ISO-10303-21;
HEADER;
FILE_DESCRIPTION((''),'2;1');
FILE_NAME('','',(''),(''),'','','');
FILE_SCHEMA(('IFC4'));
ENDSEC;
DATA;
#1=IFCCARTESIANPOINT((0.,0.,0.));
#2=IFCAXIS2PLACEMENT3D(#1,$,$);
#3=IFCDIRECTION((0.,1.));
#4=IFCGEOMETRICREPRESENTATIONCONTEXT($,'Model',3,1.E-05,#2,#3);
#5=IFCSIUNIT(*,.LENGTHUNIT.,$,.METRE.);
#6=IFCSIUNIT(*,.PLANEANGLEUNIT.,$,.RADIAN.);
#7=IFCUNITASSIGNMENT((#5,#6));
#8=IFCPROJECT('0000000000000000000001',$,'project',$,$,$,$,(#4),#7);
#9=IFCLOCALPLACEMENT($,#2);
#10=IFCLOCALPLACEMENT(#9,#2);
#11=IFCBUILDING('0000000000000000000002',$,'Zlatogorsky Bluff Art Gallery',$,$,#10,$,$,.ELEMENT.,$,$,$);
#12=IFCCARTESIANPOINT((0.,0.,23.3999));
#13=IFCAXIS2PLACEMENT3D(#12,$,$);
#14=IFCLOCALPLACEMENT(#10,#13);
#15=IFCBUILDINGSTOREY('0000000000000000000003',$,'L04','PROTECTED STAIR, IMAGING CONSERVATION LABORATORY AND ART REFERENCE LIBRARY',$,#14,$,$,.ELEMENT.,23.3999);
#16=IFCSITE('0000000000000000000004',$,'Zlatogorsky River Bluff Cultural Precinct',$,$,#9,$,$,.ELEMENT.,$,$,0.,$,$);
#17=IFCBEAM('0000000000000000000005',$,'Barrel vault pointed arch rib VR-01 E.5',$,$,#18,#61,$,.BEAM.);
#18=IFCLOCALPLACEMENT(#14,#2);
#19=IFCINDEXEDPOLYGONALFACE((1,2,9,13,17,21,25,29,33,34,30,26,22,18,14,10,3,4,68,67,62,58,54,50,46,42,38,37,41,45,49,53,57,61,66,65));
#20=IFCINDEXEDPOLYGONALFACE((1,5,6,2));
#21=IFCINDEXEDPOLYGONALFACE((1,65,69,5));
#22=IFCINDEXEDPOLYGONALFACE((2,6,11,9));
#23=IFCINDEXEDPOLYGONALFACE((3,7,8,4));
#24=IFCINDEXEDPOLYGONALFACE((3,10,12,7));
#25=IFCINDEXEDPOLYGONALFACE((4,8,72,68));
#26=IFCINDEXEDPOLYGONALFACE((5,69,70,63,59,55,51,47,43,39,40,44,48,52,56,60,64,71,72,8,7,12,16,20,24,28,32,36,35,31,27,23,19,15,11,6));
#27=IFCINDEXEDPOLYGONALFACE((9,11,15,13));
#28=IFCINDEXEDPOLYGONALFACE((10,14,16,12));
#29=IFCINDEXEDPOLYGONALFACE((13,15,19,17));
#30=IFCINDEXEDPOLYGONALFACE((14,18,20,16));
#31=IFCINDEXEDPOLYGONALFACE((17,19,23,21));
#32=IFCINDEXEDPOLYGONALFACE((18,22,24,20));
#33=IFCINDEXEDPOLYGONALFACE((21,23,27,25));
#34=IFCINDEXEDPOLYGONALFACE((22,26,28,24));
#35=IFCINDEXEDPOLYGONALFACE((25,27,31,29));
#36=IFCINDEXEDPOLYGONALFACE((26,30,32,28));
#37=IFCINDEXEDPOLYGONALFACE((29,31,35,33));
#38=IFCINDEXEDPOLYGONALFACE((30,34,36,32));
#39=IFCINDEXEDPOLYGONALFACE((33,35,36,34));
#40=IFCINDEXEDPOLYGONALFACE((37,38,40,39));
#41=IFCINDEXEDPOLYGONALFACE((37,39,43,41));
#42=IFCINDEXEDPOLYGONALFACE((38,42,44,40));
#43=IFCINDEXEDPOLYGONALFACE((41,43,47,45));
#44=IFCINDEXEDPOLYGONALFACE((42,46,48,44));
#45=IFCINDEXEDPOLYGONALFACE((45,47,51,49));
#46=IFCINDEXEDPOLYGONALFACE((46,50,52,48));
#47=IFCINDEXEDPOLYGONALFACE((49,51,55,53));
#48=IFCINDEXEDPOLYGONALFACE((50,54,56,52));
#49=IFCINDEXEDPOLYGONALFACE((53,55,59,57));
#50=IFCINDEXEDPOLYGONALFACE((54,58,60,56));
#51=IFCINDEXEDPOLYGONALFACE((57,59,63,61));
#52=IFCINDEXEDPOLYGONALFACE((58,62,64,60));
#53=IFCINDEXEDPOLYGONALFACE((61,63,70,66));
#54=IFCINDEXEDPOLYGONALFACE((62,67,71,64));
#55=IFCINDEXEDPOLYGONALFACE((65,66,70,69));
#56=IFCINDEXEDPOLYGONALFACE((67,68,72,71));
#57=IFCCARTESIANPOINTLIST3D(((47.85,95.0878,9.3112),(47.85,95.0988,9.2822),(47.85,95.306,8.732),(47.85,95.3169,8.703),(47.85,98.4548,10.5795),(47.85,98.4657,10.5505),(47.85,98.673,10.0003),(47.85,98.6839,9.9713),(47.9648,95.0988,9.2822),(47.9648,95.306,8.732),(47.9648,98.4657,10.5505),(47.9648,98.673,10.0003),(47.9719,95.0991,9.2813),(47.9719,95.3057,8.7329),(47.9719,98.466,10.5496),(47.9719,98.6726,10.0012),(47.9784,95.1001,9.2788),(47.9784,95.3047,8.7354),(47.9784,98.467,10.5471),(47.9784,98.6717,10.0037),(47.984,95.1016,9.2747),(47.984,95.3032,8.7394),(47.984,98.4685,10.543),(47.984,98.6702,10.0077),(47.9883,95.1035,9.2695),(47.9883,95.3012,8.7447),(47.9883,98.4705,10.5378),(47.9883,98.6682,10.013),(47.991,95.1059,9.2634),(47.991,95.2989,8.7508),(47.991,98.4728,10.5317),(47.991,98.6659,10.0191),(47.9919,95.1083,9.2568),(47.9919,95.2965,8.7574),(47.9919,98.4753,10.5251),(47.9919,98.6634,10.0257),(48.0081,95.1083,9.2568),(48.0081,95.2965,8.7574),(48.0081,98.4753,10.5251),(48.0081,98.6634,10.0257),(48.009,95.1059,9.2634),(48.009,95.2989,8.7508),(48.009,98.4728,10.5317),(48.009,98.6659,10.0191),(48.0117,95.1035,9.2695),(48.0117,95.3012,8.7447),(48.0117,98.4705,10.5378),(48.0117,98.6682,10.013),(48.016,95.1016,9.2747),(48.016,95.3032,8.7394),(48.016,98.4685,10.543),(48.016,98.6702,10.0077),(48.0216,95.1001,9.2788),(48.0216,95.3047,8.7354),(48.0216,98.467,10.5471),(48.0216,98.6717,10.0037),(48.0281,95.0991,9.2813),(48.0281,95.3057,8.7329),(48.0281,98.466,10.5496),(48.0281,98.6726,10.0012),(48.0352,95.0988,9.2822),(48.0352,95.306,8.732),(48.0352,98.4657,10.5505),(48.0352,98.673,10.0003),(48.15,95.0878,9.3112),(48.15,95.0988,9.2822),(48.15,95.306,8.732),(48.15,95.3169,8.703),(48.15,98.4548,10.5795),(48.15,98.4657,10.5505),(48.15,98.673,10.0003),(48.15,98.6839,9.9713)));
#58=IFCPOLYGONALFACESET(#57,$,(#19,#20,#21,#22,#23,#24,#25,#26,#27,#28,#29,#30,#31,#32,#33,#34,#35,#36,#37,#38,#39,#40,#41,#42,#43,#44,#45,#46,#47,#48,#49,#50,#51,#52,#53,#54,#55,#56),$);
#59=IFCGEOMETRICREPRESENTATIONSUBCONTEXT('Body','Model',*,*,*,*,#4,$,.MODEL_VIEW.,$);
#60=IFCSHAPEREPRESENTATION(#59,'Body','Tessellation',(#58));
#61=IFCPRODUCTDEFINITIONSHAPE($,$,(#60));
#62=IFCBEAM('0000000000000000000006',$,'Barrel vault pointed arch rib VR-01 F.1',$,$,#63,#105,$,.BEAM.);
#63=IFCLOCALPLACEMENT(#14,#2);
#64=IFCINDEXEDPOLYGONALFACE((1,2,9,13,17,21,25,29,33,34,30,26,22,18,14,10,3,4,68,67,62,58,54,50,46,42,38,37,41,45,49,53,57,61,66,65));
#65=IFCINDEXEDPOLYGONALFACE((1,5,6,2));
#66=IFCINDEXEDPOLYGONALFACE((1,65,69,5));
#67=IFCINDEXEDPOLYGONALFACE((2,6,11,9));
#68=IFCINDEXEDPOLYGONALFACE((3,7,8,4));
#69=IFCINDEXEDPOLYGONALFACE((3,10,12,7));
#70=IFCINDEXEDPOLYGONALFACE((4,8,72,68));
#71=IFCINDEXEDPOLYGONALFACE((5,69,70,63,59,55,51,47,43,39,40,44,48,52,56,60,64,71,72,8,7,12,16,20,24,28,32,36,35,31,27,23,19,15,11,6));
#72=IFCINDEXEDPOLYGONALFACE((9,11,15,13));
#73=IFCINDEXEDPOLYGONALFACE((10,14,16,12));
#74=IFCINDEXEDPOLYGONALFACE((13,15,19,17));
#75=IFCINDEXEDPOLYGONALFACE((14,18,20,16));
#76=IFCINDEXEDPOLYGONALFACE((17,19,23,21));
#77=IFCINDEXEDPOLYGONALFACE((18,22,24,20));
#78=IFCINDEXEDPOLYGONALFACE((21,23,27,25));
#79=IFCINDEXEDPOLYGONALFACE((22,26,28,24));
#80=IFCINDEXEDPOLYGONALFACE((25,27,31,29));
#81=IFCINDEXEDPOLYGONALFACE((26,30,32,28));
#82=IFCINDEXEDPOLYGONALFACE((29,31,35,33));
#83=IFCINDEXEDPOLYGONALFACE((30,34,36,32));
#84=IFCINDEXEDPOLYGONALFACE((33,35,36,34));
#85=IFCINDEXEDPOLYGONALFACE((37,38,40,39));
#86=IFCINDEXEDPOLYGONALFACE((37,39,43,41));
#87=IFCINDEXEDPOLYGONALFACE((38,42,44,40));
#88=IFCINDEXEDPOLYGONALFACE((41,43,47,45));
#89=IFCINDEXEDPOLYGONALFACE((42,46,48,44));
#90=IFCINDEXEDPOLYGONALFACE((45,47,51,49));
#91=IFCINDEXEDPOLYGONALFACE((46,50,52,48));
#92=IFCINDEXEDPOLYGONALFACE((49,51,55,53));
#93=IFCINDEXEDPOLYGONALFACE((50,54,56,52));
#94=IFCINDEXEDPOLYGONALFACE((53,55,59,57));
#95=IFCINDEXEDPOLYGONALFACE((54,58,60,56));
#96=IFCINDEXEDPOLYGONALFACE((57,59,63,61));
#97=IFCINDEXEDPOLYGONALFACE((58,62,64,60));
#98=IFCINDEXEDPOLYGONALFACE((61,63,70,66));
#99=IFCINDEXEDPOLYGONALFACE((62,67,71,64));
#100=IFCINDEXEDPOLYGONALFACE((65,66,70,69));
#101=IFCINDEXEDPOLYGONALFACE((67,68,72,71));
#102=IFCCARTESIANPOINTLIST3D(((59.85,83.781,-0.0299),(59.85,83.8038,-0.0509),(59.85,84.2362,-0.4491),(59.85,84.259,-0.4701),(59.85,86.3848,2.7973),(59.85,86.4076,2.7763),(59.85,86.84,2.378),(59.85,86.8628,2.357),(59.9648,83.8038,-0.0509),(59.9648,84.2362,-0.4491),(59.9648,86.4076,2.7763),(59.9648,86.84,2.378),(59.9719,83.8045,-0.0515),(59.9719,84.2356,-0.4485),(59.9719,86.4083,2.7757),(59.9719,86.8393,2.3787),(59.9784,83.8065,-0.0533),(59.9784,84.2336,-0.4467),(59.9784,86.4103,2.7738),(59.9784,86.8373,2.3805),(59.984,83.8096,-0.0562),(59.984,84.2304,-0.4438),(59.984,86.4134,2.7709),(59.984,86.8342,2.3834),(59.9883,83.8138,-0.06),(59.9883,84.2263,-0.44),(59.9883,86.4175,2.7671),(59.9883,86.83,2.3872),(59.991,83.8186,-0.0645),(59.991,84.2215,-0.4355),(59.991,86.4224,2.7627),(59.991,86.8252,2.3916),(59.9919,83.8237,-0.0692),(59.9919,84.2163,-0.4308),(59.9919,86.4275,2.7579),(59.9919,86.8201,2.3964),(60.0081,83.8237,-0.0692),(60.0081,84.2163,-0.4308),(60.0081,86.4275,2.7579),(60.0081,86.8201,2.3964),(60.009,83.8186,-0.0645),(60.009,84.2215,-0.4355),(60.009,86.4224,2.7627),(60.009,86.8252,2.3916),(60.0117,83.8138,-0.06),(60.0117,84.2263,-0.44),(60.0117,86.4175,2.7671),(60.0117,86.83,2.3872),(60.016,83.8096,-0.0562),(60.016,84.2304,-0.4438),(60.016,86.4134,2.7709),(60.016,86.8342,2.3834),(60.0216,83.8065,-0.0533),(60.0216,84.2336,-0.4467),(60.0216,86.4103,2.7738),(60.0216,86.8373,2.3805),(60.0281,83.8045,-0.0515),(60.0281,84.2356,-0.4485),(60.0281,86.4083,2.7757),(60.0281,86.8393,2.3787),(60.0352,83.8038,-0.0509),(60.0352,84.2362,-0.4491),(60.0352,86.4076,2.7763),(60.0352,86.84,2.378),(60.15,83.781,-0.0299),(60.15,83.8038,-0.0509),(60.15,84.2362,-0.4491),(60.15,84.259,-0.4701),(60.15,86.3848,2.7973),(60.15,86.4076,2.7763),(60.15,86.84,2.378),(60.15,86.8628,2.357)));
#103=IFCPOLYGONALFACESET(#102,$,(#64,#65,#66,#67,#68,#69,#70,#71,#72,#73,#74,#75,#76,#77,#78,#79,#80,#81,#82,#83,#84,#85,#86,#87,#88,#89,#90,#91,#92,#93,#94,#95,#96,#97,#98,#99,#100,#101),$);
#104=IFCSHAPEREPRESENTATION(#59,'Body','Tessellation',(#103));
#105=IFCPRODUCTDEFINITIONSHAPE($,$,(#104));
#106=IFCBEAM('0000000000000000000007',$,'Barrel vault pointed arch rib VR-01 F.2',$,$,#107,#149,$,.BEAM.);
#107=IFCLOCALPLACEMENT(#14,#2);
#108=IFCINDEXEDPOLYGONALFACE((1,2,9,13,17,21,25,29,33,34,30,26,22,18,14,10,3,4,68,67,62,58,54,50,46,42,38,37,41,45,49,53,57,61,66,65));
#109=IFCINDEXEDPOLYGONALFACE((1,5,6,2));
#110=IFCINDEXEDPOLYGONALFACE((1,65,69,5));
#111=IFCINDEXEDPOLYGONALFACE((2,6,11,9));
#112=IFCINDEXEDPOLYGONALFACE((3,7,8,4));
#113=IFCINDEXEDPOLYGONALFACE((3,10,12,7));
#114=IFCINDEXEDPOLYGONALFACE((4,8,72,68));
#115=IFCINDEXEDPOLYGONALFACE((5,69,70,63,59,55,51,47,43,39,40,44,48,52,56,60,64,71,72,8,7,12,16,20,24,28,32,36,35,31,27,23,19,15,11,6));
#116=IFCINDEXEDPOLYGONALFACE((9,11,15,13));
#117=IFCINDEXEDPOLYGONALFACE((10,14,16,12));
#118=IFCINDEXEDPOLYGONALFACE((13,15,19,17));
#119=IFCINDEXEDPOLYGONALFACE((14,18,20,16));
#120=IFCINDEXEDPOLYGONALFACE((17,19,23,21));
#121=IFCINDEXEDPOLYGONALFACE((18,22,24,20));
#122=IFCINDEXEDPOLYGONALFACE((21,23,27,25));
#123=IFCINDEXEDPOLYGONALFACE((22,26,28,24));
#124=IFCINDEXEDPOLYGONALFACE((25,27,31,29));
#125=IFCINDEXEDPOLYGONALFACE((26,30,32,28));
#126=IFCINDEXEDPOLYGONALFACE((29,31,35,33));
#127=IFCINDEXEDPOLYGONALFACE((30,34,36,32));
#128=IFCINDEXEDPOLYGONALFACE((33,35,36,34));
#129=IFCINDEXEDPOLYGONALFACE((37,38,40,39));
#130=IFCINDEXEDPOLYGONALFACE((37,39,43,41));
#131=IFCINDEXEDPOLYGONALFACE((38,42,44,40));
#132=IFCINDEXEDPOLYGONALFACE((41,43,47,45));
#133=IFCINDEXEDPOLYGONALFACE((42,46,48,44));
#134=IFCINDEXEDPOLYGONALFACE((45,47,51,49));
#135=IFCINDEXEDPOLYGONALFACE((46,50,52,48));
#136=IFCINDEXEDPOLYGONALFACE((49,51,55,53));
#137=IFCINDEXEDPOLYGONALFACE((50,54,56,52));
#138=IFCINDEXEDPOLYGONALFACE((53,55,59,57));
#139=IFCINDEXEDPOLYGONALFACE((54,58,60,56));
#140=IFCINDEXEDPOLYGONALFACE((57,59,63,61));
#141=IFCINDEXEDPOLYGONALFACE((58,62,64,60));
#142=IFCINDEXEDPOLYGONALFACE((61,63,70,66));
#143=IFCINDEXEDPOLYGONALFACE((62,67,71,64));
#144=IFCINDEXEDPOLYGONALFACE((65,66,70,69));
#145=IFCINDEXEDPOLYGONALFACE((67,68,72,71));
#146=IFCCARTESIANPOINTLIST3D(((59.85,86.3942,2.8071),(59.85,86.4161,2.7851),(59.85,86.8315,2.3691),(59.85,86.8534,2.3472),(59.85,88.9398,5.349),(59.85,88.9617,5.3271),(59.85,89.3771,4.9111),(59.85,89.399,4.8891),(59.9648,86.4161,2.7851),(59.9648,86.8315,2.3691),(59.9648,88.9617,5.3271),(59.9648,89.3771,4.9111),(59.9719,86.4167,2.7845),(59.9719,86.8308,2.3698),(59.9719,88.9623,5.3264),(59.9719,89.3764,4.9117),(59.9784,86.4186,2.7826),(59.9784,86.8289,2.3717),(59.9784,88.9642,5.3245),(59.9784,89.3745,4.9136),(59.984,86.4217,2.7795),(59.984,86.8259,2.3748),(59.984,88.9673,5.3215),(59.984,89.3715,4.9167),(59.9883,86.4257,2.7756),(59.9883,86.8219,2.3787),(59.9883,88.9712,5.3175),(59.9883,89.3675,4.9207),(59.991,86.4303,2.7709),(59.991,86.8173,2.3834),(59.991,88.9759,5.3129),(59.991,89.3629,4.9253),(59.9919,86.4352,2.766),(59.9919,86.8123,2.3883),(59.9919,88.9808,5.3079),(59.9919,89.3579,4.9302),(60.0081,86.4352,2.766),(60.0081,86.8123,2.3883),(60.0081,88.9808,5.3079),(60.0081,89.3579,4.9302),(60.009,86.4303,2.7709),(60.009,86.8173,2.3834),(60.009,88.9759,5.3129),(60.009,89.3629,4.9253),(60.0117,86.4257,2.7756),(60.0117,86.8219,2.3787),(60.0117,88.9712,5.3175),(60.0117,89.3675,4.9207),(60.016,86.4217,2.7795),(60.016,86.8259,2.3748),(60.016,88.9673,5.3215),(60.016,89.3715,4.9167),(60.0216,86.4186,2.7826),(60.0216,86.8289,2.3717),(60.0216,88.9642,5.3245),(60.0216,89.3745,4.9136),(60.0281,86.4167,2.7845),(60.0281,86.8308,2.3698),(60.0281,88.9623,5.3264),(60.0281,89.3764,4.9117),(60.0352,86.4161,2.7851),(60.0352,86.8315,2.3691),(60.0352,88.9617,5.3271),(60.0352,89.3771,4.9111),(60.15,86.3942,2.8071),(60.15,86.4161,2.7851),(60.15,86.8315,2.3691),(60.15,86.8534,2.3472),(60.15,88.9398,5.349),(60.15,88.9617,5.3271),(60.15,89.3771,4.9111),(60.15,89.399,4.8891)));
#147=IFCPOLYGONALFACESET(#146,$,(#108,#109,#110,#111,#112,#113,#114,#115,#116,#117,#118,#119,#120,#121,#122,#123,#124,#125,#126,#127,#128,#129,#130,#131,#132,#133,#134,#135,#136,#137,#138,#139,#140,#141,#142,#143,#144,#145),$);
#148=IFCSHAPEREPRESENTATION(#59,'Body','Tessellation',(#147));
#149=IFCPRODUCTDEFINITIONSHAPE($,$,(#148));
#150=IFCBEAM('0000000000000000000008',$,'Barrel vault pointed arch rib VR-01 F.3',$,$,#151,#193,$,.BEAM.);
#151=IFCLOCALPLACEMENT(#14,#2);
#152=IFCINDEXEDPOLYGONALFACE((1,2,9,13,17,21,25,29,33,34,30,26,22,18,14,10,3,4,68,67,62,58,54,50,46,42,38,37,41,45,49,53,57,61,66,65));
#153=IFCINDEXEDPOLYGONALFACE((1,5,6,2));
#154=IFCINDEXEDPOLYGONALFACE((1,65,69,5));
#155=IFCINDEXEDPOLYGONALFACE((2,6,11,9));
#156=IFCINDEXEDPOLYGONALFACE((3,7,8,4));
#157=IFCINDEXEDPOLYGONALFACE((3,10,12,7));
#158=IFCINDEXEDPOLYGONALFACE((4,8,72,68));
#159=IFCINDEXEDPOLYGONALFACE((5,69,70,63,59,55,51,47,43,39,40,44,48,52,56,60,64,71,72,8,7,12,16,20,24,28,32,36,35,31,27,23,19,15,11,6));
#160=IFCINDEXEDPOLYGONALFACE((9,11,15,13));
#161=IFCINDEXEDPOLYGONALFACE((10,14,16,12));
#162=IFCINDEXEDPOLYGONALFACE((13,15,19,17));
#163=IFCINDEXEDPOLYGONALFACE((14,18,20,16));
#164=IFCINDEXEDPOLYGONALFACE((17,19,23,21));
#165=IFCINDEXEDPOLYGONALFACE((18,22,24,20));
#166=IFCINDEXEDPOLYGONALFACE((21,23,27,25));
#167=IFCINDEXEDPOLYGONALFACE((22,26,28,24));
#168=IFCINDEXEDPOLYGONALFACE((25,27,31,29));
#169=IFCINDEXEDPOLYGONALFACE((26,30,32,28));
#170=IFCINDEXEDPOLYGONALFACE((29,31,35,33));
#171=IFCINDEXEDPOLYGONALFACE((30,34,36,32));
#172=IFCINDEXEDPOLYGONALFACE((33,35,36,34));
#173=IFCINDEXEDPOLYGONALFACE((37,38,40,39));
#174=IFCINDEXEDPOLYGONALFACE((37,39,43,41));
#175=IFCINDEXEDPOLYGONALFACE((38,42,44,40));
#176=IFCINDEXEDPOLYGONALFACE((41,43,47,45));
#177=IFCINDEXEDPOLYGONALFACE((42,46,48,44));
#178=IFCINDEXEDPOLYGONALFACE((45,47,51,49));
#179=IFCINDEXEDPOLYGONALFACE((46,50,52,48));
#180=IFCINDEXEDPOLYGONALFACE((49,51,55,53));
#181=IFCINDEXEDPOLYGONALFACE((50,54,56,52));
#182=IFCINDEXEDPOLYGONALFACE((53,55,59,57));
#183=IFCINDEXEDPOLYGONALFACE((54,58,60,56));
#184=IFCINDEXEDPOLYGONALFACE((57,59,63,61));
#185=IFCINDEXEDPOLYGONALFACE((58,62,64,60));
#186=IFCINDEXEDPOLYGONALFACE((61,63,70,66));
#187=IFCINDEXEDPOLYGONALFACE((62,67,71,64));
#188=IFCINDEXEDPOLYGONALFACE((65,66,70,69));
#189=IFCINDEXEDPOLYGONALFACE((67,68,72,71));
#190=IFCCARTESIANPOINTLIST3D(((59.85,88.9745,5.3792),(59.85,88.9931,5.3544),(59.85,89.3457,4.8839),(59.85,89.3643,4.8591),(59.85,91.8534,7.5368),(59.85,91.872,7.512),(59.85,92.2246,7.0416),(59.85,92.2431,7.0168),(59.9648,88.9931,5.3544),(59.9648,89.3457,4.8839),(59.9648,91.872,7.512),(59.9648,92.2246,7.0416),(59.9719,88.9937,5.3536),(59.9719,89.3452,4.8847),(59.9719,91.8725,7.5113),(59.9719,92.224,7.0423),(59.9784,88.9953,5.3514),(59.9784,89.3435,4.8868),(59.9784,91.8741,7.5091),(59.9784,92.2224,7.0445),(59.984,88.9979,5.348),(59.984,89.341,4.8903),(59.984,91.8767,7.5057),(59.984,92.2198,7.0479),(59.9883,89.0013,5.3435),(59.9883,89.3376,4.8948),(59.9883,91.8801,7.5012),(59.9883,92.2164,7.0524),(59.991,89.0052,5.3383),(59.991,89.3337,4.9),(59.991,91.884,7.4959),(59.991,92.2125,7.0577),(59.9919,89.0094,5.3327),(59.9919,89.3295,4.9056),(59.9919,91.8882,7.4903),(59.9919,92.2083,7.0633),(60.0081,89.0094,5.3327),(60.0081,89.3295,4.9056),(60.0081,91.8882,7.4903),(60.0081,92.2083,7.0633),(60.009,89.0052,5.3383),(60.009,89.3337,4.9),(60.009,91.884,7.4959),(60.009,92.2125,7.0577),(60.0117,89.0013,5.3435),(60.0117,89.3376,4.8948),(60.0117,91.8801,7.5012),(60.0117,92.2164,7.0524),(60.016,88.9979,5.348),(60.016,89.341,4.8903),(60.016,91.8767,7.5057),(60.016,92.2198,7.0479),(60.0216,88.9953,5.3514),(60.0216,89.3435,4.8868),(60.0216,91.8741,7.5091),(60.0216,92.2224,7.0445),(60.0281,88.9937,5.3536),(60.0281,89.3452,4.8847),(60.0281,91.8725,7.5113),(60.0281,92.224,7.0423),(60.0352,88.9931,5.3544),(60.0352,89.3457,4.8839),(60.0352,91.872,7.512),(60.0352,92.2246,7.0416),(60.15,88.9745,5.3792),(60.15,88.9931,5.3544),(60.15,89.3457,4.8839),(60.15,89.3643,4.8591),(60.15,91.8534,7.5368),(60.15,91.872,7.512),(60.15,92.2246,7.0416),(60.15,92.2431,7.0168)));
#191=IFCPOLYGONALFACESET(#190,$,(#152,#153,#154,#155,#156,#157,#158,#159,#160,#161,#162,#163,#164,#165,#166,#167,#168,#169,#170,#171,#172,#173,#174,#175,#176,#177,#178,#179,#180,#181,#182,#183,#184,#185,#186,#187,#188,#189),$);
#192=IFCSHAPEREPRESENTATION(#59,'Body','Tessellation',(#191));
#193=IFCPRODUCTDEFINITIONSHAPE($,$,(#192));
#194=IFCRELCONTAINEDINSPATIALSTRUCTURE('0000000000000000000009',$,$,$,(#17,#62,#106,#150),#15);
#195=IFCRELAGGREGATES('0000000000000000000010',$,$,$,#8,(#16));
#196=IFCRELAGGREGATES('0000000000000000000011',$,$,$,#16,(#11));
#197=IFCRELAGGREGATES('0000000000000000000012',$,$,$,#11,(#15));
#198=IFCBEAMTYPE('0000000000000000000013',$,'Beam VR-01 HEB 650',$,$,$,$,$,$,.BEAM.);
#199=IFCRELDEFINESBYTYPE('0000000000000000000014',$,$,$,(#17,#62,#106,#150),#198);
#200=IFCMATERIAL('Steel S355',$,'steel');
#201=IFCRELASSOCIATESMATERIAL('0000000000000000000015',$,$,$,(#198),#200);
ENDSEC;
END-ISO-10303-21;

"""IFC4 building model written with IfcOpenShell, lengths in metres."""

from ifc_helpers import new_model, si_unit, direction, frame, origin, origin_2d, place, context, subcontext, project, spatial, i_section, extrude, material, material_profile, profile_set, type_object, element, save


model = new_model("IFC4")

# Units and contexts
model_context = context("Model", 3, precision=1e-05, world=origin(), true_north=direction((0.0, 1.0)))
body_context = subcontext(model_context, "Body", "Model", "MODEL_VIEW")
ifc_project = project(units=[si_unit("LENGTHUNIT", "METRE"), si_unit("PLANEANGLEUNIT", "RADIAN")], contexts=[model_context])

# Site, building, storey
site_placement = place(None, origin())
site = spatial("IfcSite", under=ifc_project, at=site_placement, Name="Zlatogorsky River Bluff Cultural Precinct", CompositionType="ELEMENT", RefElevation=0.0)
building_placement = place(site_placement, origin())
building = spatial("IfcBuilding", under=site, at=building_placement, Name="Zlatogorsky Bluff Art Gallery", CompositionType="ELEMENT")
storey_placement = place(building_placement, frame((0.0, 0.0, 23.3999)))
storey = spatial("IfcBuildingStorey", under=building, at=storey_placement, Name="L04", Description="PROTECTED STAIR, IMAGING CONSERVATION LABORATORY AND ART REFERENCE LIBRARY", CompositionType="ELEMENT", Elevation=23.3999)

# Beams
ifc_material_1 = material(Name="Steel S355", Category="steel")
ifc_material_profile_1 = material_profile(ifc_material_1, i_section(OverallWidth=0.3, OverallDepth=0.6499, WebThickness=0.0161, FlangeThickness=0.031, FilletRadius=0.0271, at=origin_2d()), Name="HEB 650")
ifc_profile_set_1 = profile_set([ifc_material_profile_1], Name="Steel S355")
beam_type_1 = type_object("IfcBeamType", Name="Beam VR-01 HEB 650", PredefinedType="BEAM", material=ifc_profile_set_1)
beam_1_placement = place(storey_placement, frame((48.0, 95.2024, 9.0071), z_axis=(0.0, 0.935807, 0.352514), x_axis=(-1.0, 0.0, 0.0)))
element("IfcBeam", 1, at=beam_1_placement, inside=storey, type_object=beam_type_1, Name="Barrel vault pointed arch rib VR-01 E.5", PredefinedType="BEAM", context=body_context, shape_type="SweptSolid", body=[
    extrude(i_section(OverallWidth=0.3, OverallDepth=0.6499, WebThickness=0.0161, FlangeThickness=0.031, FilletRadius=0.0271, at=origin_2d()), origin(), (0.0, 0.0, 1.0), 3.5979),
])
beam_2_placement = place(storey_placement, frame((60.0, 84.02, -0.25), z_axis=(0.0, 0.677449, 0.73557), x_axis=(-1.0, 0.0, 0.0)))
element("IfcBeam", 2, at=beam_2_placement, inside=storey, type_object=beam_type_1, Name="Barrel vault pointed arch rib VR-01 F.1", PredefinedType="BEAM", context=body_context, shape_type="SweptSolid", body=[
    extrude(i_section(OverallWidth=0.3, OverallDepth=0.6499, WebThickness=0.0161, FlangeThickness=0.031, FilletRadius=0.0271, at=origin_2d()), origin(), (0.0, 0.0, 1.0), 3.8435),
])
beam_3_placement = place(storey_placement, frame((60.0, 86.6238, 2.5771), z_axis=(0.0, 0.707616, 0.706598), x_axis=(-1.0, 0.0, 0.0)))
element("IfcBeam", 3, at=beam_3_placement, inside=storey, type_object=beam_type_1, Name="Barrel vault pointed arch rib VR-01 F.2", PredefinedType="BEAM", context=body_context, shape_type="SweptSolid", body=[
    extrude(i_section(OverallWidth=0.3, OverallDepth=0.6499, WebThickness=0.0161, FlangeThickness=0.031, FilletRadius=0.0271, at=origin_2d()), origin(), (0.0, 0.0, 1.0), 3.5974),
])
beam_4_placement = place(storey_placement, frame((60.0, 89.1694, 5.1191), z_axis=(0.0, 0.800195, 0.599739), x_axis=(-1.0, 0.0, 0.0)))
element("IfcBeam", 4, at=beam_4_placement, inside=storey, type_object=beam_type_1, Name="Barrel vault pointed arch rib VR-01 F.3", PredefinedType="BEAM", context=body_context, shape_type="SweptSolid", body=[
    extrude(i_section(OverallWidth=0.3, OverallDepth=0.6499, WebThickness=0.0161, FlangeThickness=0.031, FilletRadius=0.0271, at=origin_2d()), origin(), (0.0, 0.0, 1.0), 3.5977),
])

save(model, "model.ifc")
